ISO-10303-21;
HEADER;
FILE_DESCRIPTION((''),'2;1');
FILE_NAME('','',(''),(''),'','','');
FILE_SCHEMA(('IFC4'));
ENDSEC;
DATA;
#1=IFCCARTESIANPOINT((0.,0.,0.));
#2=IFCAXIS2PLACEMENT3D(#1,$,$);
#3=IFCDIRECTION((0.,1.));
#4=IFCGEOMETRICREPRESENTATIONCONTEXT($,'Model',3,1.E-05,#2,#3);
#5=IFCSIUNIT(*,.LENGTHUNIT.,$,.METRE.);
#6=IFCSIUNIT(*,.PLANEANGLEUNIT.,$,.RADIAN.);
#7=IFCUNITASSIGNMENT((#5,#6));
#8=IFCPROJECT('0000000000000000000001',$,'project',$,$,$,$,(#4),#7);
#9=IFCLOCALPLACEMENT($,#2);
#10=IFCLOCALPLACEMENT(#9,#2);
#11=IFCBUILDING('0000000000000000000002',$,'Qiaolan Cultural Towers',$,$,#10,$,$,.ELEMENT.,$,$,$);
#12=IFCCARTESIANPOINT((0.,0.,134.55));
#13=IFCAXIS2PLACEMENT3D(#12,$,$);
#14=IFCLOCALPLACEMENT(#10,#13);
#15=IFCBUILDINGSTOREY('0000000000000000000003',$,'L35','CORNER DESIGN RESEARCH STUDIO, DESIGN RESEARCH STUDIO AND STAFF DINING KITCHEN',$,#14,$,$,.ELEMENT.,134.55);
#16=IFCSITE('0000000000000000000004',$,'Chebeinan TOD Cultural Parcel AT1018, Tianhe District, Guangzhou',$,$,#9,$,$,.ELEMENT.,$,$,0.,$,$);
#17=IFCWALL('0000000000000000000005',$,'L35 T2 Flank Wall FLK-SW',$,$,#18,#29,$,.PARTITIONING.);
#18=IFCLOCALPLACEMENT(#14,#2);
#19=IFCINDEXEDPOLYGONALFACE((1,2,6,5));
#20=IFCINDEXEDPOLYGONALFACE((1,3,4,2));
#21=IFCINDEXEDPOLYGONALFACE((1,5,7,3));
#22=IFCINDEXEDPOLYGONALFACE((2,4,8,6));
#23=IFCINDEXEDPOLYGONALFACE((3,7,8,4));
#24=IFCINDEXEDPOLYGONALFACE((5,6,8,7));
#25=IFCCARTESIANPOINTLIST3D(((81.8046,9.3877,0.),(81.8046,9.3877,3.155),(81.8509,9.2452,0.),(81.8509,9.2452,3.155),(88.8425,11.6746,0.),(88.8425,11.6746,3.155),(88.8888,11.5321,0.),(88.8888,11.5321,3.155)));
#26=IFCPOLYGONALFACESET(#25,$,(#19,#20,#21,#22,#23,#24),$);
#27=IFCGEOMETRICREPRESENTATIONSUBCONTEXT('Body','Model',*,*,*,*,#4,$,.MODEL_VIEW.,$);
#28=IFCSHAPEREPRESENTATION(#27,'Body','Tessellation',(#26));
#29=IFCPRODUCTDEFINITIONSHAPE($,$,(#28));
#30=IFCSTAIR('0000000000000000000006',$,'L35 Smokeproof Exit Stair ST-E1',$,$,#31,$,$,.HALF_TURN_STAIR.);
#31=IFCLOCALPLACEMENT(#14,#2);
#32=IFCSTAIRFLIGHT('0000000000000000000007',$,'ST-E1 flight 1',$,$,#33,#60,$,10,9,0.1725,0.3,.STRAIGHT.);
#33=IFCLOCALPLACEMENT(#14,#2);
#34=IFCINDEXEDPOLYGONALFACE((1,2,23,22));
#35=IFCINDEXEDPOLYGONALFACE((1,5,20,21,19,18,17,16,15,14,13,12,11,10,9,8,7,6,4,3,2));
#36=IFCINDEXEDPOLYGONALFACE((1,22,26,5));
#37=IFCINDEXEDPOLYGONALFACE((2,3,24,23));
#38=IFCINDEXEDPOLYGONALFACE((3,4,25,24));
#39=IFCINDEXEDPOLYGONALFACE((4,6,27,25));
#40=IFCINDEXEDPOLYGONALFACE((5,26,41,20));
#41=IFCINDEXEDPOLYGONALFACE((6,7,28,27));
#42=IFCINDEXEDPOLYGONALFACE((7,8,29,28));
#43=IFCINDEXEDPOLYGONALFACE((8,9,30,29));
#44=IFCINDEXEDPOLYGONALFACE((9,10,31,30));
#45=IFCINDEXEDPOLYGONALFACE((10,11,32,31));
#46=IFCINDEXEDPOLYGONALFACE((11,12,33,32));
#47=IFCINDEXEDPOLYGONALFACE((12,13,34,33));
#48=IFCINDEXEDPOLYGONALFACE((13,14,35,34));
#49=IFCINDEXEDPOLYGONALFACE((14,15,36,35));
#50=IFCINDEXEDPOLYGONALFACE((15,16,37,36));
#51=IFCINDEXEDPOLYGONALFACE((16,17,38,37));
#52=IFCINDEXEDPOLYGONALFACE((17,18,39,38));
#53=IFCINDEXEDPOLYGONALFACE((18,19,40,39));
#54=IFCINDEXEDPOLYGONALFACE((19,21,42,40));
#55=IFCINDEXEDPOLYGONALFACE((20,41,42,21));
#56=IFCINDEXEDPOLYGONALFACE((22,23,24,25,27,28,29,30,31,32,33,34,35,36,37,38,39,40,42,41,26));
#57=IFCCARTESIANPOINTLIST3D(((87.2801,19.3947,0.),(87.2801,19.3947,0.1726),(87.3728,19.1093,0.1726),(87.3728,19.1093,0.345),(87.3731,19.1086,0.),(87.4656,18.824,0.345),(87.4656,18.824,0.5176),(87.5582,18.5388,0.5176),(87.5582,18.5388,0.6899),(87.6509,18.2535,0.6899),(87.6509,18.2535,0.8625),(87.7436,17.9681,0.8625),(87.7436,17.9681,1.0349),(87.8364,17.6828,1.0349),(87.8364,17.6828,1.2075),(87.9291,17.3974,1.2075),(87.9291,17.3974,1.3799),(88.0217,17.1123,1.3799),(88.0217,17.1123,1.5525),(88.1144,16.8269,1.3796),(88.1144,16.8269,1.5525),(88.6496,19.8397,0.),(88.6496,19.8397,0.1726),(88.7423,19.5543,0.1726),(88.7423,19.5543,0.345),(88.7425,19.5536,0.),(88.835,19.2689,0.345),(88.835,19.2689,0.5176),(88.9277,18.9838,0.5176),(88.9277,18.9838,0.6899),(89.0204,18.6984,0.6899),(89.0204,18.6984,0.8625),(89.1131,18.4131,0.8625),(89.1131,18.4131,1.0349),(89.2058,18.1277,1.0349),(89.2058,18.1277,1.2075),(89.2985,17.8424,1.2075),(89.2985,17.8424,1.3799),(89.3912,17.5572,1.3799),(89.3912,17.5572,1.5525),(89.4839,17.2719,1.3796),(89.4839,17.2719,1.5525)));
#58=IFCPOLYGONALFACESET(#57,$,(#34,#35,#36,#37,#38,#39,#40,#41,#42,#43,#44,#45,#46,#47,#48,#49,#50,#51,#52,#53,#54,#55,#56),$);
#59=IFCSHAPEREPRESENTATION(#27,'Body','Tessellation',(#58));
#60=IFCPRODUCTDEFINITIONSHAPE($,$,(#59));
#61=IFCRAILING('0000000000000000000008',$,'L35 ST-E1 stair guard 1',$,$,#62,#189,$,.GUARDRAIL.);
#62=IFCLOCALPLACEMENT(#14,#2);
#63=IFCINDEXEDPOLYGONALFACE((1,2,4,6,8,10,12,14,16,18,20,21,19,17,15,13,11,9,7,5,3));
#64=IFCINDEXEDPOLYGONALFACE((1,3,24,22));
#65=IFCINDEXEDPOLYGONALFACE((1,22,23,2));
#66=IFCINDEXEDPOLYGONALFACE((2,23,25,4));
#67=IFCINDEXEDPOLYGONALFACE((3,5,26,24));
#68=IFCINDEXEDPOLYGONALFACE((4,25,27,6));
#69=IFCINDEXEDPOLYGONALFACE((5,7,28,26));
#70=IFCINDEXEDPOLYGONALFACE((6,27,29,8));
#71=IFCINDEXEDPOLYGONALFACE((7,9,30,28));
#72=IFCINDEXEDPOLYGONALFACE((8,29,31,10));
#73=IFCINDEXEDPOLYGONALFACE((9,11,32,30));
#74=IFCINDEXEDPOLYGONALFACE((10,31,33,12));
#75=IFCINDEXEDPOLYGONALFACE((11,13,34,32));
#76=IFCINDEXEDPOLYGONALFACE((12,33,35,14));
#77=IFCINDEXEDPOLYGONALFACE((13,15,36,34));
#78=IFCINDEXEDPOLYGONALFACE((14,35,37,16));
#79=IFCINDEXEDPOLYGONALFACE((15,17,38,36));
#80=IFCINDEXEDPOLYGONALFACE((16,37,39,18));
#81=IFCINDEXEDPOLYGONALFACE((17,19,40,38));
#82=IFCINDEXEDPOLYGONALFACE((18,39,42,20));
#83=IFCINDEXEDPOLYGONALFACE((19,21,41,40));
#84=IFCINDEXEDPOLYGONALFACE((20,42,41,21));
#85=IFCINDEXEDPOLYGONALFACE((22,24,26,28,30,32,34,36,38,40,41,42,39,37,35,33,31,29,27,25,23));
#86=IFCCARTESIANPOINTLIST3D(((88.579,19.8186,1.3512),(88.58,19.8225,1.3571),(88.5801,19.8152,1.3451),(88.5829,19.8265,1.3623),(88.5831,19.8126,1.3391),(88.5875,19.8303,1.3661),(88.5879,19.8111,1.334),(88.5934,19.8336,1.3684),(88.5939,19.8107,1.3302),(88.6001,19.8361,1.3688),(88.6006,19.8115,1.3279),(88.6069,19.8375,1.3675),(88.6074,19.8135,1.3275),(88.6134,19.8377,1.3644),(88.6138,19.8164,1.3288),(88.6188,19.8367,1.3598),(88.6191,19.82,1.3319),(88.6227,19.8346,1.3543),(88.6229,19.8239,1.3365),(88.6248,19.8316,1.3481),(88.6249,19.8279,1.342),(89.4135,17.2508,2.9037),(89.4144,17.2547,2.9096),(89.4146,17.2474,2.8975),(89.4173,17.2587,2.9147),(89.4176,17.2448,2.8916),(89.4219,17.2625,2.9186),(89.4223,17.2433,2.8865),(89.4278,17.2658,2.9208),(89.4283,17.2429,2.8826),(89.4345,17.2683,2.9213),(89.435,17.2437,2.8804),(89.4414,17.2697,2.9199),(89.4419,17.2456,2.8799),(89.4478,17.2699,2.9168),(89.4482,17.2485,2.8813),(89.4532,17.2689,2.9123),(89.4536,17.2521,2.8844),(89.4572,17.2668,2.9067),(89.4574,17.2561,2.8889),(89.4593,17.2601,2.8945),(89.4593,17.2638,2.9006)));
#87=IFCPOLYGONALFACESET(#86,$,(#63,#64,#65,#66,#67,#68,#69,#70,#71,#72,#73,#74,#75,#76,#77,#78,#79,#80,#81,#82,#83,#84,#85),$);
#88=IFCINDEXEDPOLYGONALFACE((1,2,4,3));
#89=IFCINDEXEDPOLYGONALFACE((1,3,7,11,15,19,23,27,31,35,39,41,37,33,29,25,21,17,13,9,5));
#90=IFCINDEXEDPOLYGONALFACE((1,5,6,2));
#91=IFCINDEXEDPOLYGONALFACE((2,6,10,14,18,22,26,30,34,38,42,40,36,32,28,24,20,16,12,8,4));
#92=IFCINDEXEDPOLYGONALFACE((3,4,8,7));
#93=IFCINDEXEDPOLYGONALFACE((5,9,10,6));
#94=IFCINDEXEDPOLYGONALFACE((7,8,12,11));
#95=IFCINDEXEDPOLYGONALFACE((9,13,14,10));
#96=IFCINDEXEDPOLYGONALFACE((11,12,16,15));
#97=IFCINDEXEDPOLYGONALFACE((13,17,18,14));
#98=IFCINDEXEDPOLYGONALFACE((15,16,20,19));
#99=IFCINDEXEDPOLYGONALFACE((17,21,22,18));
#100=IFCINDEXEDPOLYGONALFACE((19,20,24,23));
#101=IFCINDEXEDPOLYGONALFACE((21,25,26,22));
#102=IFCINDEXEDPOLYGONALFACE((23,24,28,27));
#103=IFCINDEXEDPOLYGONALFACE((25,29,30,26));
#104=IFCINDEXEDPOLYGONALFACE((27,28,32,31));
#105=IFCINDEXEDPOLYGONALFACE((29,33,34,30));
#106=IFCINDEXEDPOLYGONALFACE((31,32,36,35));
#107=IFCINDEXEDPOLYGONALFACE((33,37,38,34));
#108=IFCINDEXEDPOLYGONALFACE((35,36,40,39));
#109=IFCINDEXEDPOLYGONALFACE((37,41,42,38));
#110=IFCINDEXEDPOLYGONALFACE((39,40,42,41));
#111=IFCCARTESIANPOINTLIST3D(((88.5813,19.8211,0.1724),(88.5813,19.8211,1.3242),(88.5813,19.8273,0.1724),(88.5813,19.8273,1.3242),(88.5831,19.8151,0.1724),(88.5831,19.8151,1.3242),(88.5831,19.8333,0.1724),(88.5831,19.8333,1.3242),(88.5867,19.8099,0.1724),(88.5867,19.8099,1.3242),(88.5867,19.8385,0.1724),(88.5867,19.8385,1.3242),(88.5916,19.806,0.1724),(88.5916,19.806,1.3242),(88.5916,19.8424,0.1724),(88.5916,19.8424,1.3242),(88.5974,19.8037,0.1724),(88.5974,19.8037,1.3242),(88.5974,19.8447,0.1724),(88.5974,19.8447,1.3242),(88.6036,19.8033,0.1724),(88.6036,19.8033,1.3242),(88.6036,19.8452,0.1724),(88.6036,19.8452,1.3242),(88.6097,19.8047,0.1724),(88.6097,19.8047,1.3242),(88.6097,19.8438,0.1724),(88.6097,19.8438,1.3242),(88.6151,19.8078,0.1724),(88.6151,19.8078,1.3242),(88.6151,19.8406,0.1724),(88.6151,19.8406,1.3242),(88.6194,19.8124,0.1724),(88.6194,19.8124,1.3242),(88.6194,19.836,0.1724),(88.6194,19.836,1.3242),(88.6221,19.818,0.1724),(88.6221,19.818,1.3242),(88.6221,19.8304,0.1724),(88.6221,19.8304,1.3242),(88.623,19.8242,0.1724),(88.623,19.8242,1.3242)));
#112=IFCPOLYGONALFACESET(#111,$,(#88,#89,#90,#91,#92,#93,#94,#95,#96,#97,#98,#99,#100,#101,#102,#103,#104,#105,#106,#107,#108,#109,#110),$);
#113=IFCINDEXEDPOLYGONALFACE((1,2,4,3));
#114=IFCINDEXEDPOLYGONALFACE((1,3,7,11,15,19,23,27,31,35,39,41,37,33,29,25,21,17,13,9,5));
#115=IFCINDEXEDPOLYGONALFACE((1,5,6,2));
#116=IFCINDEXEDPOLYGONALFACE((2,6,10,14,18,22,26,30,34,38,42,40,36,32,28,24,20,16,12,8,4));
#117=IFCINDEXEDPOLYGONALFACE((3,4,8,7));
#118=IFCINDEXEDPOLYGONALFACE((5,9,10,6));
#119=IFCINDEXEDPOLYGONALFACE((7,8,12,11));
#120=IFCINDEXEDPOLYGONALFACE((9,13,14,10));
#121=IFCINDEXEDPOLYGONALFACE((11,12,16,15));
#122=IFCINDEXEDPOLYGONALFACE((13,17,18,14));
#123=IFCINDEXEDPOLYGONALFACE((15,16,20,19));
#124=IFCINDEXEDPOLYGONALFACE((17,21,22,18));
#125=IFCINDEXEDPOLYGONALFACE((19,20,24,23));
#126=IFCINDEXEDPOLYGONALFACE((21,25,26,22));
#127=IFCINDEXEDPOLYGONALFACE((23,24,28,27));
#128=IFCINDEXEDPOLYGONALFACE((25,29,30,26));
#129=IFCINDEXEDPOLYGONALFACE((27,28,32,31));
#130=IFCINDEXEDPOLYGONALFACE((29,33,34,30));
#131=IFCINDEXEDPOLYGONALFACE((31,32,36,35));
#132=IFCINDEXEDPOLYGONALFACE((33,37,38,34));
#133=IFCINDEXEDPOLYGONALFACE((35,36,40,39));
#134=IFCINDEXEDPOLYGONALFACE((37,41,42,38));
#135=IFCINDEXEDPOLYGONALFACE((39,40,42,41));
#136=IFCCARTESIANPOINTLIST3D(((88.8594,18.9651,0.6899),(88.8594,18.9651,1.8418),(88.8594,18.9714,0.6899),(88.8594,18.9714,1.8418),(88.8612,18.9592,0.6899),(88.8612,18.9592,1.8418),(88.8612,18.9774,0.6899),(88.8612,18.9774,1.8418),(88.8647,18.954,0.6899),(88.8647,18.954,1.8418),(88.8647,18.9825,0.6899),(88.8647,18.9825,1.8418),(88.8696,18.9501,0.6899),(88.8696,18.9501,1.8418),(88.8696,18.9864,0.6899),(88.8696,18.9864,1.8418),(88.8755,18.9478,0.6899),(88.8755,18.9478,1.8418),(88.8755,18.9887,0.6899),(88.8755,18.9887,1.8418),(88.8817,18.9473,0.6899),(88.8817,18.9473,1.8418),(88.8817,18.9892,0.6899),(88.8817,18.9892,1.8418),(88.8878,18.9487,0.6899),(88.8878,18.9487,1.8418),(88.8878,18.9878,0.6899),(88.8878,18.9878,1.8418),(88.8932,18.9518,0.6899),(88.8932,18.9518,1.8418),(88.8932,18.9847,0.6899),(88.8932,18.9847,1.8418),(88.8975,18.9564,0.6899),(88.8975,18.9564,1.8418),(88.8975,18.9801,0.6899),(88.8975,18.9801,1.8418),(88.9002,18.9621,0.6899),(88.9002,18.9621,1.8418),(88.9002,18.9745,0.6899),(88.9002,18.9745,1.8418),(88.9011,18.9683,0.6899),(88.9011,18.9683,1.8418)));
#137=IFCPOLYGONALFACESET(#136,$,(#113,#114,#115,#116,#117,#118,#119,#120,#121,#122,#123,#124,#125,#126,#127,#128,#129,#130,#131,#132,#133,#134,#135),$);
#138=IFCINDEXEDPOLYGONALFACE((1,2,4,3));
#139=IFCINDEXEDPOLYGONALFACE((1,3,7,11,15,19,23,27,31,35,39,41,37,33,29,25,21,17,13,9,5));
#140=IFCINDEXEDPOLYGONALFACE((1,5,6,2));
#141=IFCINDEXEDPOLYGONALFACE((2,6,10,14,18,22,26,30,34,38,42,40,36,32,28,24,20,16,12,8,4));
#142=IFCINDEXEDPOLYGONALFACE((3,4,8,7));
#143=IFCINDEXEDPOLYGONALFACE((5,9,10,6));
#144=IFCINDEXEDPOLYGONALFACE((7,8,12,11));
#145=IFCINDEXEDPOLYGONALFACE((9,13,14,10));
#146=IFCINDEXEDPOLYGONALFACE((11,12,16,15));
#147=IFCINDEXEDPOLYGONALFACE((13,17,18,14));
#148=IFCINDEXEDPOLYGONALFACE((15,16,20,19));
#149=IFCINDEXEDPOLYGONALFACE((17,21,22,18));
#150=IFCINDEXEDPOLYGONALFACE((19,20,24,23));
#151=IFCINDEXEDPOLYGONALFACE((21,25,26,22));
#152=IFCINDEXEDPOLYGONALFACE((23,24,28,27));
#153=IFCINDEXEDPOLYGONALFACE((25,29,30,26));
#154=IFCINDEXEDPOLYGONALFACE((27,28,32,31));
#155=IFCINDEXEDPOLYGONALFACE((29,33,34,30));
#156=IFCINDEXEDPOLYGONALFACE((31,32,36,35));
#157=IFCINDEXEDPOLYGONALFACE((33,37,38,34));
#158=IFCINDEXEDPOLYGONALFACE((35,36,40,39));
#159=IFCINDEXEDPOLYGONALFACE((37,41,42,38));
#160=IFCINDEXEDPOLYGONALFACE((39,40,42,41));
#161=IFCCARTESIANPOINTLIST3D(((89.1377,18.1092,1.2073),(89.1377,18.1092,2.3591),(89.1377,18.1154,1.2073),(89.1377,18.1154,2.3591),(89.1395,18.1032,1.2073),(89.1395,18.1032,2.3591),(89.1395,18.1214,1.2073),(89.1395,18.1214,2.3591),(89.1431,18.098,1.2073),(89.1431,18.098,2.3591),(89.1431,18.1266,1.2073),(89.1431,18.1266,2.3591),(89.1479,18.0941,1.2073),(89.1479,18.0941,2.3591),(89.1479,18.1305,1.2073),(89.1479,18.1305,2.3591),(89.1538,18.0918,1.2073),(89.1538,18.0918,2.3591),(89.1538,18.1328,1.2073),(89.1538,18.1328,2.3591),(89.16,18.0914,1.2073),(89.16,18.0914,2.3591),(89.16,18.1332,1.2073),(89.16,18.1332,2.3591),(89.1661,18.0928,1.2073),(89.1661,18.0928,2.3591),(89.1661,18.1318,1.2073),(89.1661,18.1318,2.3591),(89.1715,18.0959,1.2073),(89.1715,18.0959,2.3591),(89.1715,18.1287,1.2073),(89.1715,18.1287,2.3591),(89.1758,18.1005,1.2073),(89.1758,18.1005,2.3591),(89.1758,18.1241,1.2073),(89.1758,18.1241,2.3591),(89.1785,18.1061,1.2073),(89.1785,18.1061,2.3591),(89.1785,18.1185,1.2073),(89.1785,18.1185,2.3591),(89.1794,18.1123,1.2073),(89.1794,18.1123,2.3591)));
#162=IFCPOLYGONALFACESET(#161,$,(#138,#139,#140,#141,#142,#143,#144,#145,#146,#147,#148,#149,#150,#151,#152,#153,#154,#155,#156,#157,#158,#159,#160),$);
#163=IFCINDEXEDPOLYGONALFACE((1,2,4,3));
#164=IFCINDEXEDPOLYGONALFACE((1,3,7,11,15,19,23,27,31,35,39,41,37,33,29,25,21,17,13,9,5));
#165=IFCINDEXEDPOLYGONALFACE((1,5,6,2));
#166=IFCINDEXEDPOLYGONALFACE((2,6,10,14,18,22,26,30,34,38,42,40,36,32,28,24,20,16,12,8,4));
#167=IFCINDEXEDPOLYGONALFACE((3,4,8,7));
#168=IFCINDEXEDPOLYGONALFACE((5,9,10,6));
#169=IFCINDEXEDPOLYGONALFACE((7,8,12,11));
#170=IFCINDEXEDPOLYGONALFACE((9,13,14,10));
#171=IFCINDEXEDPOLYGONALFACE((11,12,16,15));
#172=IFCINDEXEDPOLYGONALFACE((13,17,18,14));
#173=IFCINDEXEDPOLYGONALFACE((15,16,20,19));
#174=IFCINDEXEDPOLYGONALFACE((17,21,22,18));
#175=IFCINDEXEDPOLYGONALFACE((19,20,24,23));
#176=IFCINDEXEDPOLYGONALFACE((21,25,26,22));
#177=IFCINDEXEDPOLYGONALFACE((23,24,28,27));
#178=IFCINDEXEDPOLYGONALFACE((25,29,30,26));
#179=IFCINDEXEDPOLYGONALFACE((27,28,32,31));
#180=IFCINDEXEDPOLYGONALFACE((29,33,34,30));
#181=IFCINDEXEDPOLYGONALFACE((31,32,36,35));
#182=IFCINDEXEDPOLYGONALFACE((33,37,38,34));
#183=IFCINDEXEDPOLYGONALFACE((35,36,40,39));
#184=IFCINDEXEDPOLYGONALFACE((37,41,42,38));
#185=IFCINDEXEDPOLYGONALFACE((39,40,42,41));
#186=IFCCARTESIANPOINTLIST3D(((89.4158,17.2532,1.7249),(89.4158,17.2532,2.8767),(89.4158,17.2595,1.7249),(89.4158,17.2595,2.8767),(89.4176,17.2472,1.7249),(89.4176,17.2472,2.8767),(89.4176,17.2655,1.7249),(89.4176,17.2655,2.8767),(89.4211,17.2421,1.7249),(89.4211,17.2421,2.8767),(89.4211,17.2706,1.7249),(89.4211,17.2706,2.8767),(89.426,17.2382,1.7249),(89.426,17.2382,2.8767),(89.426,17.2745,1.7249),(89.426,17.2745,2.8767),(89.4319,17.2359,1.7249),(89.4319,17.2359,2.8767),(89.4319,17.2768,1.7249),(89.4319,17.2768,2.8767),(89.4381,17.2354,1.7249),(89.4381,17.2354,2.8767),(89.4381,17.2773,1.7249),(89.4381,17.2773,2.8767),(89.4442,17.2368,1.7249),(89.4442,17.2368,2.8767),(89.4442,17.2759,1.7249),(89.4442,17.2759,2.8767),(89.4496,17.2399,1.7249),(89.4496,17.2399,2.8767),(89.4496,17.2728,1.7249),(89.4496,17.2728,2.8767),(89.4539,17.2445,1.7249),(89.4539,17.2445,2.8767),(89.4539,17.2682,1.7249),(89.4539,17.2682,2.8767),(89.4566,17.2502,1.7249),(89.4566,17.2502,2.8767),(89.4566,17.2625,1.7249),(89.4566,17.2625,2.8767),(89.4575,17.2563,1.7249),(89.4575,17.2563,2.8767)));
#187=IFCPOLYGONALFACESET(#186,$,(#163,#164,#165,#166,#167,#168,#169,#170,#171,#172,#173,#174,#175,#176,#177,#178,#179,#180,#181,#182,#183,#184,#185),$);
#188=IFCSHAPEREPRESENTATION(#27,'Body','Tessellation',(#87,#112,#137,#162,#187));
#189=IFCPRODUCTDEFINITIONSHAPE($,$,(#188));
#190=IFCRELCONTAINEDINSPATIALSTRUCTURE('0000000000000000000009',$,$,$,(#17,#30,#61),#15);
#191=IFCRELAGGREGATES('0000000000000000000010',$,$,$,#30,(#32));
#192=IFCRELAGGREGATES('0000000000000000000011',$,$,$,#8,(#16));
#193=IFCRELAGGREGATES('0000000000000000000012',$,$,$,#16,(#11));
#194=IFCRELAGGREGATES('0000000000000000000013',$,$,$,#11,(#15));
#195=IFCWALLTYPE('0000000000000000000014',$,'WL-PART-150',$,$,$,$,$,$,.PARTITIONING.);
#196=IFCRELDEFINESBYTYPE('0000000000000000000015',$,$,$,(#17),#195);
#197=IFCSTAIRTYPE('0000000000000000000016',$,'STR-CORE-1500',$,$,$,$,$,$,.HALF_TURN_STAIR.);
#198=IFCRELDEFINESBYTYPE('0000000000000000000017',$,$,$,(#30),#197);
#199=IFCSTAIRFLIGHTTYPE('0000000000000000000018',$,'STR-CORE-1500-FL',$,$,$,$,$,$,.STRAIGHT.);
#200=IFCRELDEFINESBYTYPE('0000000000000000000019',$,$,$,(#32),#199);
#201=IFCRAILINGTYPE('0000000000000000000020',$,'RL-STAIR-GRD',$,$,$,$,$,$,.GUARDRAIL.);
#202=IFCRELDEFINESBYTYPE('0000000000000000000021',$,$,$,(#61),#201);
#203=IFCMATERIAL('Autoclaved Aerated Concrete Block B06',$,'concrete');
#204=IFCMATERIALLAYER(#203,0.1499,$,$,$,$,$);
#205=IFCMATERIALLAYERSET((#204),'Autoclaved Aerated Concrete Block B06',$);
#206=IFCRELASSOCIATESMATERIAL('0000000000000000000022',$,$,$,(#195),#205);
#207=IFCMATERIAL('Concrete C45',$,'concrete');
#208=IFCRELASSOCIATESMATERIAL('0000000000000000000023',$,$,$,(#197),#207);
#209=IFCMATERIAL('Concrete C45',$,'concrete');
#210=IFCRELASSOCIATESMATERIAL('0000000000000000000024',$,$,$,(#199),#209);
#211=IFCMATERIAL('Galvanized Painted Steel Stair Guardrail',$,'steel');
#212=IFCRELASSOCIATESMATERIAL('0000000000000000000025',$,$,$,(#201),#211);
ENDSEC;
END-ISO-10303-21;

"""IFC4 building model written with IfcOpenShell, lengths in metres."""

from ifc_helpers import new_model, si_unit, direction, frame, frame_2d, origin, origin_2d, place, context, subcontext, project, spatial, polyline, rectangle, circle, outline, extrude, material, layer, layer_set, type_object, element, aggregate, save


model = new_model("IFC4")

# Units and contexts
model_context = context("Model", 3, precision=1e-05, world=origin(), true_north=direction((0.0, 1.0)))
body_context = subcontext(model_context, "Body", "Model", "MODEL_VIEW")
ifc_project = project(units=[si_unit("LENGTHUNIT", "METRE"), si_unit("PLANEANGLEUNIT", "RADIAN")], contexts=[model_context])

# Site, building, storey
site_placement = place(None, origin())
site = spatial("IfcSite", under=ifc_project, at=site_placement, Name="Chebeinan TOD Cultural Parcel AT1018, Tianhe District, Guangzhou", CompositionType="ELEMENT", RefElevation=0.0)
building_placement = place(site_placement, origin())
building = spatial("IfcBuilding", under=site, at=building_placement, Name="Qiaolan Cultural Towers", CompositionType="ELEMENT")
storey_placement = place(building_placement, frame((0.0, 0.0, 134.55)))
storey = spatial("IfcBuildingStorey", under=building, at=storey_placement, Name="L35", Description="CORNER DESIGN RESEARCH STUDIO, DESIGN RESEARCH STUDIO AND STAFF DINING KITCHEN", CompositionType="ELEMENT", Elevation=134.55)

# Wall
ifc_material_1 = material(Name="Autoclaved Aerated Concrete Block B06", Category="concrete")
ifc_layer_1 = layer(ifc_material_1, 0.1499)
ifc_layer_set_1 = layer_set([ifc_layer_1], Name="Autoclaved Aerated Concrete Block B06")
wall_type_1 = type_object("IfcWallType", Name="WL-PART-150", PredefinedType="PARTITIONING", material=ifc_layer_set_1)
wall_1_placement = place(storey_placement, frame((81.8276, 9.3164, 0.0), z_axis=(0.0, 0.0, 1.0), x_axis=(0.951051, 0.309033, 0.0)))
element("IfcWall", 1, at=wall_1_placement, inside=storey, type_object=wall_type_1, Name="L35 T2 Flank Wall FLK-SW", PredefinedType="PARTITIONING", context=body_context, shape_type="SweptSolid", body=[
    extrude(rectangle(XDim=7.4001, YDim=0.1499, at=frame_2d((3.7002, 0.0))), origin(), (0.0, 0.0, 1.0), 3.155),
])

# Stair, stair flight
ifc_material_2 = material(Name="Concrete C45", Category="concrete")
stair_type = type_object("IfcStairType", Name="STR-CORE-1500", PredefinedType="HALF_TURN_STAIR", material=ifc_material_2)
stair_placement = place(storey_placement, origin())
stair = element("IfcStair", 2, at=stair_placement, inside=storey, type_object=stair_type, Name="L35 Smokeproof Exit Stair ST-E1", PredefinedType="HALF_TURN_STAIR")
ifc_material_3 = material(Name="Concrete C45", Category="concrete")
stair_flight_type = type_object("IfcStairFlightType", Name="STR-CORE-1500-FL", PredefinedType="STRAIGHT", material=ifc_material_3)
stair_flight_placement = place(storey_placement, frame((87.9648, 19.6172, 0.0), z_axis=(0.0, 0.0, 1.0), x_axis=(0.309017, -0.951057, 0.0)))
stair_flight = element("IfcStairFlight", 3, at=stair_flight_placement, type_object=stair_flight_type, Name="ST-E1 flight 1", NumberOfRisers=10, NumberOfTreads=9, PredefinedType="STRAIGHT", RiserHeight=0.1725, TreadLength=0.3, context=body_context, shape_type="SweptSolid", body=[
    extrude(outline(polyline([(0.0, 0.0), (0.0, 0.1726), (0.3, 0.1726), (0.3, 0.345), (0.6001, 0.345), (0.6001, 0.5176), (0.8999, 0.5176), (0.8999, 0.6899), (1.2, 0.6899), (1.2, 0.8625), (1.5, 0.8625), (1.5, 1.0349), (1.8, 1.0349), (1.8, 1.2075), (2.1001, 1.2075), (2.1001, 1.3799), (2.3999, 1.3799), (2.3999, 1.5525), (2.7, 1.5525), (2.7, 1.7251), (2.7, 1.3796), (0.3008, 0.0), (0.0, 0.0)])), frame((0.0, 0.72, 0.0), z_axis=(0.0, -1.0, 0.0), x_axis=(1.0, 0.0, 0.0)), (0.0, 0.0, 1.0), 1.4399),
])
aggregate(stair, [stair_flight])

# Railing
ifc_material_4 = material(Name="Galvanized Painted Steel Stair Guardrail", Category="steel")
railing_type_1 = type_object("IfcRailingType", Name="RL-STAIR-GRD", PredefinedType="GUARDRAIL", material=ifc_material_4)
railing_1_placement = place(storey_placement, frame((88.6021, 19.8242, 0.1724)))
element("IfcRailing", 4, at=railing_1_placement, inside=storey, type_object=railing_type_1, Name="L35 ST-E1 stair guard 1", PredefinedType="GUARDRAIL", context=body_context, shape_type="SweptSolid", body=[
    extrude(circle(Radius=0.0239, at=origin_2d()), frame((0.0, 0.0, 1.1758), z_axis=(0.267926, -0.824471, 0.498461), x_axis=(0.951043, 0.309057, 0.0)), (0.0, 0.0, 1.0), 3.1145),
    extrude(circle(Radius=0.021, at=origin_2d()), origin(), (0.0, 0.0, 1.0), 1.1519),
    extrude(circle(Radius=0.021, at=origin_2d()), frame((0.2781, -0.856, 0.5176)), (0.0, 0.0, 1.0), 1.1519),
    extrude(circle(Radius=0.021, at=origin_2d()), frame((0.5564, -1.7119, 1.0349)), (0.0, 0.0, 1.0), 1.1519),
    extrude(circle(Radius=0.021, at=origin_2d()), frame((0.8345, -2.5679, 1.5525)), (0.0, 0.0, 1.0), 1.1519),
])

save(model, "model.ifc")
